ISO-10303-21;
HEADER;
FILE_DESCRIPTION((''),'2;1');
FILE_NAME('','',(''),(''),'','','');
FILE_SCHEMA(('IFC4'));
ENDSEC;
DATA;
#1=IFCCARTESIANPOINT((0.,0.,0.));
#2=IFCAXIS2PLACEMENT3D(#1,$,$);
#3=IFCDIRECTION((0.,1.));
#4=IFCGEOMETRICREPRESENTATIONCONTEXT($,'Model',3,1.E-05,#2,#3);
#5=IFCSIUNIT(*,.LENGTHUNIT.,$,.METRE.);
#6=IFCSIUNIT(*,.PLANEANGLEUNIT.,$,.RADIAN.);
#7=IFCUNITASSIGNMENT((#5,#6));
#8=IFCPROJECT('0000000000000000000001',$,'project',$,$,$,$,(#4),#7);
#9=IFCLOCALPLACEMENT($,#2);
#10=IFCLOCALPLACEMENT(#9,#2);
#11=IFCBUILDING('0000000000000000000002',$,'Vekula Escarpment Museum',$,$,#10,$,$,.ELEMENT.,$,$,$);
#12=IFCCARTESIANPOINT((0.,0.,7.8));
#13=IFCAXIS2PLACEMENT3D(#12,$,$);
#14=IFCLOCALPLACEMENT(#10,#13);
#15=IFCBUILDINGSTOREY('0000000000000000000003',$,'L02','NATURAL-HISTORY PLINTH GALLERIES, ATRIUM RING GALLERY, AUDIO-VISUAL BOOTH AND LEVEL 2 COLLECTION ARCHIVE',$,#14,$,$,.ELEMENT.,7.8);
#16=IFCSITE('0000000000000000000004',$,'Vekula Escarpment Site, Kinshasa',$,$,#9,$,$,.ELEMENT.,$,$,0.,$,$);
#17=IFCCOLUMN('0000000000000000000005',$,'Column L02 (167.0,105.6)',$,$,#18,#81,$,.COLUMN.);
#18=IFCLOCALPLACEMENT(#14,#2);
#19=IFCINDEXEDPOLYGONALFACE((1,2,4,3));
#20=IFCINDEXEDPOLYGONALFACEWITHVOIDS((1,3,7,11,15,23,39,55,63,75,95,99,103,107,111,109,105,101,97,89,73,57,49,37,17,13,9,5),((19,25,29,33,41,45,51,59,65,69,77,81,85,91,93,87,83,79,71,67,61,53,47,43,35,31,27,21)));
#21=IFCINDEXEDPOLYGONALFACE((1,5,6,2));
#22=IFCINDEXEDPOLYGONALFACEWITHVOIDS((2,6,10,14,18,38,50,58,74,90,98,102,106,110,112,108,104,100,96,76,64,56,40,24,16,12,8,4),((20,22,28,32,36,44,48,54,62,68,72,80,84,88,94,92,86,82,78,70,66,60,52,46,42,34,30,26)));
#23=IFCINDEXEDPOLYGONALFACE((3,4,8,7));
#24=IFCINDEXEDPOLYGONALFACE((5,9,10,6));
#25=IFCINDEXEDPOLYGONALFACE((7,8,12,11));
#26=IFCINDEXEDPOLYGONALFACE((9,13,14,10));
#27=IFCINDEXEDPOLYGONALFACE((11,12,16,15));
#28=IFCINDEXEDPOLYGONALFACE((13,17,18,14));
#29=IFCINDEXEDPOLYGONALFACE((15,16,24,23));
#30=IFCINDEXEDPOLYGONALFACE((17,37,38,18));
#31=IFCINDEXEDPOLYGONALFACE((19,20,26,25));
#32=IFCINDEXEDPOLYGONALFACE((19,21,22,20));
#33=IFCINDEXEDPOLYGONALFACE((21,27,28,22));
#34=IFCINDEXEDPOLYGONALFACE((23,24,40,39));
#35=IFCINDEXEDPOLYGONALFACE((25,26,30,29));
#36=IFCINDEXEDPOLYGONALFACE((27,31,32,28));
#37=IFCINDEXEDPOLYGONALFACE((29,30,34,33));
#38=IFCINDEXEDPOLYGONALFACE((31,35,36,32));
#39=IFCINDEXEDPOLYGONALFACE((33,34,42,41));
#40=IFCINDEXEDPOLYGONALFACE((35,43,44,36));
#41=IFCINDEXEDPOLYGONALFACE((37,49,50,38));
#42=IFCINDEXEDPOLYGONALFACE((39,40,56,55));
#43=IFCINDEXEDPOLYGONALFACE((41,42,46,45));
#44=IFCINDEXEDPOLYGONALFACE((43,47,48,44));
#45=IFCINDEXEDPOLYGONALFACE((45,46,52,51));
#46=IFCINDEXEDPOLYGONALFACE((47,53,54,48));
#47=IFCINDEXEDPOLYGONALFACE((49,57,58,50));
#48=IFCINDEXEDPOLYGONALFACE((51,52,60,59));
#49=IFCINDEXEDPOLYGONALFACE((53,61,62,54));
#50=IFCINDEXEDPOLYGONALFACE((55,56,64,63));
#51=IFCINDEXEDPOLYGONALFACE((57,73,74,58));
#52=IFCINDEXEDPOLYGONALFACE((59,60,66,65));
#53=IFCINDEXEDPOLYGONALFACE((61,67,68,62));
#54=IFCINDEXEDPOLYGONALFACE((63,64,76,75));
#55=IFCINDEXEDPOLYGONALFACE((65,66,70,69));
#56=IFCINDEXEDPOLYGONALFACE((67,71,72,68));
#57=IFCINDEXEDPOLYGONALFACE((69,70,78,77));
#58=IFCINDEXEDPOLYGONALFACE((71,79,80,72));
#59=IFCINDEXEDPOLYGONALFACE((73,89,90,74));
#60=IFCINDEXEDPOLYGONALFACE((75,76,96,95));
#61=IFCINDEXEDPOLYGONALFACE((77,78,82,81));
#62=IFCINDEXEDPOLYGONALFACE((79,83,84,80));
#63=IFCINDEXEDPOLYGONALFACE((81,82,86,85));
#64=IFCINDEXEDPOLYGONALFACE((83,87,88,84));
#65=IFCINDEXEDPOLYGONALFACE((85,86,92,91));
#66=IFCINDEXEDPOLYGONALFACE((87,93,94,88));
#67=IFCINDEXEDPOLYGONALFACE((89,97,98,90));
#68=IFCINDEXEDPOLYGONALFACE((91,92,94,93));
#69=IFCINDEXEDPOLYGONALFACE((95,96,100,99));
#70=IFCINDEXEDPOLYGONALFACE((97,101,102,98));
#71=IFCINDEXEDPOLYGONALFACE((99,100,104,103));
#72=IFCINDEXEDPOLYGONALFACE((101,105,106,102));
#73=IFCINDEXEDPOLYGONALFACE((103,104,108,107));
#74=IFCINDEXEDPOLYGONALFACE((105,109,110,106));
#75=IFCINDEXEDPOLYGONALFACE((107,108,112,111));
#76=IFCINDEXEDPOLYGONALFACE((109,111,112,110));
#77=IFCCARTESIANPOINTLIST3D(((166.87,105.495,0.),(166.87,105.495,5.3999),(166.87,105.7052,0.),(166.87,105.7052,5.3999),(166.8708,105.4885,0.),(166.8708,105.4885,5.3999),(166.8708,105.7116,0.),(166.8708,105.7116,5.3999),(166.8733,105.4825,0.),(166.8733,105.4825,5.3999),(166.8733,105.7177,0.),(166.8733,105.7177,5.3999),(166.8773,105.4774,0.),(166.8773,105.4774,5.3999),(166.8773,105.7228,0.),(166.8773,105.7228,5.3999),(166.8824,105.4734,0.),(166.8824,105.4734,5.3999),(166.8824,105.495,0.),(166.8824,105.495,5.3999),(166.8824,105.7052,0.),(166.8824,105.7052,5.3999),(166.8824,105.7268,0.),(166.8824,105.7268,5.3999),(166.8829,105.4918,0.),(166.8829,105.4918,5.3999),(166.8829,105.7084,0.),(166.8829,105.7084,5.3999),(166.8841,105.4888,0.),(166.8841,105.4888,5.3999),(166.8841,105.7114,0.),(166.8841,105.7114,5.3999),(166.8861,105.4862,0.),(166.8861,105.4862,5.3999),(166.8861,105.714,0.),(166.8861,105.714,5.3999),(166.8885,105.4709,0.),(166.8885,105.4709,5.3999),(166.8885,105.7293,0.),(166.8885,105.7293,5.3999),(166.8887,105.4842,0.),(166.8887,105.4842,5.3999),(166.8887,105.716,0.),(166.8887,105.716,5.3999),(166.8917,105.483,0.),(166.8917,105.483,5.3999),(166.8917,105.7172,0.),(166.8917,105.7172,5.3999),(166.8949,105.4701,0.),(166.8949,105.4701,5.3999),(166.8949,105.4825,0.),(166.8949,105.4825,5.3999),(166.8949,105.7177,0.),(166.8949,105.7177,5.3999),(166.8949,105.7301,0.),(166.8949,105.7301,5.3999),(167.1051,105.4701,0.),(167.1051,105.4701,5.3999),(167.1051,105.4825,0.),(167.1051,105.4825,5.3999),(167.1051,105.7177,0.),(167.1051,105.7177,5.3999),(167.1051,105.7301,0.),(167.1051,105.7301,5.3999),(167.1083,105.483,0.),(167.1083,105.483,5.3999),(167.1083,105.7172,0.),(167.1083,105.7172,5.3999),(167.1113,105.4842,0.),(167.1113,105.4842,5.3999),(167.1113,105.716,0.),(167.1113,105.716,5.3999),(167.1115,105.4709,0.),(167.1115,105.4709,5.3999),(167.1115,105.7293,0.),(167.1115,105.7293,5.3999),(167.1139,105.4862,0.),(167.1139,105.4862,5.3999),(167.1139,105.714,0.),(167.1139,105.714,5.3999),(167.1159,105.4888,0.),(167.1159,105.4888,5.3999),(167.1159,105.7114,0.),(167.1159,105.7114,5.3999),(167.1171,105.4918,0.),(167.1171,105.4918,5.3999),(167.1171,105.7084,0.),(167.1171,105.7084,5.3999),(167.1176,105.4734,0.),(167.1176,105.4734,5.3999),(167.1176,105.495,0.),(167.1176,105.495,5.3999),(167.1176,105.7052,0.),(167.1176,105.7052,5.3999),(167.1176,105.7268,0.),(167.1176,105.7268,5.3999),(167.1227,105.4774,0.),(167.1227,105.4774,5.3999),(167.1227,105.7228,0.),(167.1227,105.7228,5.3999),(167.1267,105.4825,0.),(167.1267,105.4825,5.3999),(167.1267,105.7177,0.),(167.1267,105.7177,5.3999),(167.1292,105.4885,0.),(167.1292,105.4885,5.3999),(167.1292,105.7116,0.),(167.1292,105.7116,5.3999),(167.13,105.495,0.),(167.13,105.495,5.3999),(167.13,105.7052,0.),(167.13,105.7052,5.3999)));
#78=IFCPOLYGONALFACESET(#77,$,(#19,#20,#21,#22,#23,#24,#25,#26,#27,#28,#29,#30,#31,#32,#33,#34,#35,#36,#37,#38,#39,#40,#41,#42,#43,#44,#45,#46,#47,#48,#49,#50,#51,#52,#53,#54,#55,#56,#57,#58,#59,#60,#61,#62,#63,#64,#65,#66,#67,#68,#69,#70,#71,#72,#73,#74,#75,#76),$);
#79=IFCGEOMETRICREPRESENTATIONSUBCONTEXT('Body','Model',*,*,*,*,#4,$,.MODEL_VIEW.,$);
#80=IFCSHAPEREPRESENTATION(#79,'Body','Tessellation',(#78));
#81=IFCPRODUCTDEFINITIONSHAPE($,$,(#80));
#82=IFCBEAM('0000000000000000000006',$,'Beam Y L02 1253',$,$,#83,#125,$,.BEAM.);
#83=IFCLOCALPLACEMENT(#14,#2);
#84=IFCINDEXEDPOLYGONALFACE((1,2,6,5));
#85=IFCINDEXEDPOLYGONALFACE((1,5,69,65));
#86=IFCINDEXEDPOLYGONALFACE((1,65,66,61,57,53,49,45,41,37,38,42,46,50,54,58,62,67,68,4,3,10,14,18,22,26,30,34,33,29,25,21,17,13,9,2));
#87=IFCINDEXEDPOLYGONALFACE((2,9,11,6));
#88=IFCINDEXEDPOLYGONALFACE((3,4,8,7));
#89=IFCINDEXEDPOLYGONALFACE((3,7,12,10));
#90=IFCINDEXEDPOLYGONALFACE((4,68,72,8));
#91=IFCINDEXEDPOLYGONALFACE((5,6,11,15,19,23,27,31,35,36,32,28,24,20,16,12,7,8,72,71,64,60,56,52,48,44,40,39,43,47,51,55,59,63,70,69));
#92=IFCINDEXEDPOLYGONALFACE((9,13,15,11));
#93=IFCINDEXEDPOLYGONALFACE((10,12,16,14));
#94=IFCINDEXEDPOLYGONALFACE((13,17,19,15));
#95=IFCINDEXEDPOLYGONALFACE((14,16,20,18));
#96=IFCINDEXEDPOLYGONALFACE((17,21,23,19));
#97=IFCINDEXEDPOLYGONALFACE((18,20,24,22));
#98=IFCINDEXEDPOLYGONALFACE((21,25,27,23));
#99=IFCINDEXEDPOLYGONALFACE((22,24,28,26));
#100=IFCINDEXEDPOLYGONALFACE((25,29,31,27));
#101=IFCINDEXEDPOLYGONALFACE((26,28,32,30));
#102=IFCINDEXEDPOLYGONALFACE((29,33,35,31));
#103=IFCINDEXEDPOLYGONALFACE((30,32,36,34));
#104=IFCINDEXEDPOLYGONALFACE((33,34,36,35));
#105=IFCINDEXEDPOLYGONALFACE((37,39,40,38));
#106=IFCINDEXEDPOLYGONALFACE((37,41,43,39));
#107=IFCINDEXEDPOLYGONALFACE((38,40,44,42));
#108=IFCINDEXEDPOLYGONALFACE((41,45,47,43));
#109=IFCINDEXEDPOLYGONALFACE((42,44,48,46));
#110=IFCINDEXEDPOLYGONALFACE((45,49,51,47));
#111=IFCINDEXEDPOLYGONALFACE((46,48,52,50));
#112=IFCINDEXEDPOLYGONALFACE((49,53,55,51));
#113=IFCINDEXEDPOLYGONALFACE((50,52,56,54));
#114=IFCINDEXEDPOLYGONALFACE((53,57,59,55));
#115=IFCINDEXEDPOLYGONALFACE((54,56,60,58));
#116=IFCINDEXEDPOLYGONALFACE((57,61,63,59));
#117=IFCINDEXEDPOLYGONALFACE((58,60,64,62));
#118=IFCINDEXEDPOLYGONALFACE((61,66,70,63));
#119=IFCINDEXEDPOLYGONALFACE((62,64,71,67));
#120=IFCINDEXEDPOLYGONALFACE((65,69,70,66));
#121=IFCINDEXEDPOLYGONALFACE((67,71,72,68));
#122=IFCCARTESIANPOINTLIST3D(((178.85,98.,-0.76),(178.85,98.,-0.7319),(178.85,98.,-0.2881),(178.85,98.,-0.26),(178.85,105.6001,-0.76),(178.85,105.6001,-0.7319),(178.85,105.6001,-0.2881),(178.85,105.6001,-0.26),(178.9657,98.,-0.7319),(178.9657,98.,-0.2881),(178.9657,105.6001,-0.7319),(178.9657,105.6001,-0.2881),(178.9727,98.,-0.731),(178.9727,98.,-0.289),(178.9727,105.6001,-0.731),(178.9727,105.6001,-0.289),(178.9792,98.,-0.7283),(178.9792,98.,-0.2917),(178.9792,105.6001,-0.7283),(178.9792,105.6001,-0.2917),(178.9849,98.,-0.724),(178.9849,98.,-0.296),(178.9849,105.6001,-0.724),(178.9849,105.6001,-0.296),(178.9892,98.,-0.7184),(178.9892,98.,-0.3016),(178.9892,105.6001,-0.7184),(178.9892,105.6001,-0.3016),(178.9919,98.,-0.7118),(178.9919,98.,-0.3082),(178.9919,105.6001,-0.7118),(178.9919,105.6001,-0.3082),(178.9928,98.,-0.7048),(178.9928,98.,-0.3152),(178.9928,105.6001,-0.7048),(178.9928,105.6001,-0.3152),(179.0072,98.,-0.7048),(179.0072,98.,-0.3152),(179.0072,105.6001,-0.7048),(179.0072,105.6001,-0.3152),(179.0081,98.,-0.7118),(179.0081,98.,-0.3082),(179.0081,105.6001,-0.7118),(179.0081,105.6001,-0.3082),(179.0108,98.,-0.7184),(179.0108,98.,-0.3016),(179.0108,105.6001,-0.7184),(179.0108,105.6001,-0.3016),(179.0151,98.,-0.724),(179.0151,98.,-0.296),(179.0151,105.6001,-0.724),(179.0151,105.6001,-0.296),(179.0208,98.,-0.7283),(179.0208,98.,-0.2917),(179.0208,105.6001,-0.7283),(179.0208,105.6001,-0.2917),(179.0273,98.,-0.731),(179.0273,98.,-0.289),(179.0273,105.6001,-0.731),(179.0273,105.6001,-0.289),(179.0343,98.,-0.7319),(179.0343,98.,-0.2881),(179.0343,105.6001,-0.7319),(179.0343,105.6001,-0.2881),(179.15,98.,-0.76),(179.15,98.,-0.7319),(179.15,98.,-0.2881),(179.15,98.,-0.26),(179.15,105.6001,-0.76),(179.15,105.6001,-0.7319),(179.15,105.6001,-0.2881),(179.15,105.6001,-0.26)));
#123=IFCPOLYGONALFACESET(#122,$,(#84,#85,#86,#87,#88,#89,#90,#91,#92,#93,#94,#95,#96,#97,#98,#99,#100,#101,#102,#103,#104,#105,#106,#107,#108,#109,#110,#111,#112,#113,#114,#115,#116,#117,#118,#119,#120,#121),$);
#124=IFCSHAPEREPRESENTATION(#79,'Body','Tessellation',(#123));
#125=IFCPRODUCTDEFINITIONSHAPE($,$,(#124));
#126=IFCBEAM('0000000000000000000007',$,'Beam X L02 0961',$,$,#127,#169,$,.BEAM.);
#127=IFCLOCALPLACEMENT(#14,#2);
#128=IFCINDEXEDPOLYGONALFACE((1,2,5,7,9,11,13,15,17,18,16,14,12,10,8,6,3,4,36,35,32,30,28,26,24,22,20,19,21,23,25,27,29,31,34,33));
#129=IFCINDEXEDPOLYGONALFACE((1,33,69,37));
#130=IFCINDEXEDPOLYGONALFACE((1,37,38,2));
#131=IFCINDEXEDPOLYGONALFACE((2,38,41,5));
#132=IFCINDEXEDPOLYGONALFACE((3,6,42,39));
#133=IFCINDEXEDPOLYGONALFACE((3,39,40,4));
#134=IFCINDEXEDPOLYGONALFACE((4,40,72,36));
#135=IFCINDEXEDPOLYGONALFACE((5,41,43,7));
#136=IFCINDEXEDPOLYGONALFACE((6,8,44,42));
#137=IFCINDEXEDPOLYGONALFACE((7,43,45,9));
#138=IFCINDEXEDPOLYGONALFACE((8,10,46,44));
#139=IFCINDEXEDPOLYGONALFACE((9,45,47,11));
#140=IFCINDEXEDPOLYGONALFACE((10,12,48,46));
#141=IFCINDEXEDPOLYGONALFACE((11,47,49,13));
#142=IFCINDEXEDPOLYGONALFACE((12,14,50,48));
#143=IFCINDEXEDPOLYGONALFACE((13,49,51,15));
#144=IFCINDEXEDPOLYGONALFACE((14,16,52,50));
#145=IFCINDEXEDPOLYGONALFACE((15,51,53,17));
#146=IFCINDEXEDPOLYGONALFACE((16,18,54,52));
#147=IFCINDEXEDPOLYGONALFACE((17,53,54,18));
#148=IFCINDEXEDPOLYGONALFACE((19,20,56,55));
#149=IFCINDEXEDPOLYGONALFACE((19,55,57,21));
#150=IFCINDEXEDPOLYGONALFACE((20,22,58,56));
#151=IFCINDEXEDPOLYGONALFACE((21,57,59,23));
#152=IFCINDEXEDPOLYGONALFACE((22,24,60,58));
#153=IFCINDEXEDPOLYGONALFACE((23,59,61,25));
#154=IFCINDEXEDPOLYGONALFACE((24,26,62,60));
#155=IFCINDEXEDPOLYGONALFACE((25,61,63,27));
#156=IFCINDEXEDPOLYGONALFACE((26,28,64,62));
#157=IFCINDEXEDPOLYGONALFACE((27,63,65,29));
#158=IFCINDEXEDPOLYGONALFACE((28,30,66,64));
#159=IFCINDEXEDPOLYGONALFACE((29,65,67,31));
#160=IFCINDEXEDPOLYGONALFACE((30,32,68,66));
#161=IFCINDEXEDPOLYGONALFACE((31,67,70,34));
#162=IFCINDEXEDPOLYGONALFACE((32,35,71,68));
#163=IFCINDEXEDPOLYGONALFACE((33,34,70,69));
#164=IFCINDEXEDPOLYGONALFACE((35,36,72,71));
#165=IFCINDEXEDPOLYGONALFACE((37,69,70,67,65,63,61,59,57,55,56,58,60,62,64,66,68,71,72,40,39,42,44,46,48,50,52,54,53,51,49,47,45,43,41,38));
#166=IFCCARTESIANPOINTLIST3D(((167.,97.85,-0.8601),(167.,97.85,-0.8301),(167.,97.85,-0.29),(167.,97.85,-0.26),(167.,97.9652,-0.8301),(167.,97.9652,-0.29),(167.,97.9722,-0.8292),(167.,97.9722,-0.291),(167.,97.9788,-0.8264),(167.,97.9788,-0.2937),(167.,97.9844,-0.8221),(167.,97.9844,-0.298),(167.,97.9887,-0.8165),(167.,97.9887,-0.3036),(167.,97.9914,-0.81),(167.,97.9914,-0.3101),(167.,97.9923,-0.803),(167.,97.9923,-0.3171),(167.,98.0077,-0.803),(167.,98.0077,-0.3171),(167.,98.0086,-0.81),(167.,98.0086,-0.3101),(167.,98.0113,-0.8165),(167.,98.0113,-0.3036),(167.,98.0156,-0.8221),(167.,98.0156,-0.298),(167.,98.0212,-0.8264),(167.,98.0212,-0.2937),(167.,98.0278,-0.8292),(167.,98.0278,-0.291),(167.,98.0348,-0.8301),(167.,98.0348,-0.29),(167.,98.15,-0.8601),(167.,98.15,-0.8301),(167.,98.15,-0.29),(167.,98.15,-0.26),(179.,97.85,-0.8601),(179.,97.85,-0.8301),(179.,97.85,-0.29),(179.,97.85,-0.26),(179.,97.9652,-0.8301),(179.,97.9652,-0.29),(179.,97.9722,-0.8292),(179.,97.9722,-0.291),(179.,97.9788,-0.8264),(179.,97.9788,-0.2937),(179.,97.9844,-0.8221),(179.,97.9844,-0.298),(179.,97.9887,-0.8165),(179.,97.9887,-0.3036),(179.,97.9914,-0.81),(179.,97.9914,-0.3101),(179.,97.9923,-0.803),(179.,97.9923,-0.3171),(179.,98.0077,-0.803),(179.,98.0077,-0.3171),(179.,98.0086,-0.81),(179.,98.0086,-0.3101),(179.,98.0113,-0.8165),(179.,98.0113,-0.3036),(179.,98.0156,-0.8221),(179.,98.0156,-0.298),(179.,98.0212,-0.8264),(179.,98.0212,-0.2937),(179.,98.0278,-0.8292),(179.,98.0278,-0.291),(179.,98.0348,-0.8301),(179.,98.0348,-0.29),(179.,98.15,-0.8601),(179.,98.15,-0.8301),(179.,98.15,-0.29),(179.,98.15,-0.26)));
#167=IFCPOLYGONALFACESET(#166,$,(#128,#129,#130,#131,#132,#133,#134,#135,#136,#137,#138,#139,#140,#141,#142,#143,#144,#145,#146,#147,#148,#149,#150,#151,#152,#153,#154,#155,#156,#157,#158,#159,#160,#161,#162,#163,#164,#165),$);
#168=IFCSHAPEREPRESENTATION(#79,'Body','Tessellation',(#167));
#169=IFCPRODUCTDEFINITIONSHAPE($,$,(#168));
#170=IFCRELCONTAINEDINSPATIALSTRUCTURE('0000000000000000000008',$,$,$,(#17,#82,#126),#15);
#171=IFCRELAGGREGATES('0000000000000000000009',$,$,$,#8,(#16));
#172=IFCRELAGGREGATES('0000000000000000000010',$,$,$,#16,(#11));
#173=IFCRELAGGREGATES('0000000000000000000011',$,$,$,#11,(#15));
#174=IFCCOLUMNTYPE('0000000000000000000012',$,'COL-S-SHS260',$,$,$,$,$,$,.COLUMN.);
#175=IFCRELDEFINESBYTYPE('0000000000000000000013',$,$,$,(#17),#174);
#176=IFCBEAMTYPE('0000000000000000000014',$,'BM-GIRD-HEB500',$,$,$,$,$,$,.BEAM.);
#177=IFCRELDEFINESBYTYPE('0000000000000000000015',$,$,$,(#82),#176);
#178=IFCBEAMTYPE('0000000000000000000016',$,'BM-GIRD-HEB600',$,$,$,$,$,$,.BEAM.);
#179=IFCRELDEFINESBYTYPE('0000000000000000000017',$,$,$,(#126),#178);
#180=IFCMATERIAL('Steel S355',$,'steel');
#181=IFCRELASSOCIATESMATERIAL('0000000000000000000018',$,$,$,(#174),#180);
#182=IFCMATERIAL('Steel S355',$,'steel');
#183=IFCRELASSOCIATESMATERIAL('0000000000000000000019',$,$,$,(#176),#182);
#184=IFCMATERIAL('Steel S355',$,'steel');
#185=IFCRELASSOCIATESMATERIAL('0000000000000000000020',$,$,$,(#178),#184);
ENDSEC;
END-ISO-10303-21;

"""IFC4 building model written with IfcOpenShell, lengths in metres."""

from ifc_helpers import new_model, si_unit, direction, frame, origin, origin_2d, place, context, subcontext, project, spatial, hollow_rectangle, i_section, extrude, material, material_profile, profile_set, type_object, element, save


model = new_model("IFC4")

# Units and contexts
model_context = context("Model", 3, precision=1e-05, world=origin(), true_north=direction((0.0, 1.0)))
body_context = subcontext(model_context, "Body", "Model", "MODEL_VIEW")
ifc_project = project(units=[si_unit("LENGTHUNIT", "METRE"), si_unit("PLANEANGLEUNIT", "RADIAN")], contexts=[model_context])

# Site, building, storey
site_placement = place(None, origin())
site = spatial("IfcSite", under=ifc_project, at=site_placement, Name="Vekula Escarpment Site, Kinshasa", CompositionType="ELEMENT", RefElevation=0.0)
building_placement = place(site_placement, origin())
building = spatial("IfcBuilding", under=site, at=building_placement, Name="Vekula Escarpment Museum", CompositionType="ELEMENT")
storey_placement = place(building_placement, frame((0.0, 0.0, 7.8)))
storey = spatial("IfcBuildingStorey", under=building, at=storey_placement, Name="L02", Description="NATURAL-HISTORY PLINTH GALLERIES, ATRIUM RING GALLERY, AUDIO-VISUAL BOOTH AND LEVEL 2 COLLECTION ARCHIVE", CompositionType="ELEMENT", Elevation=7.8)

# Column
ifc_material_1 = material(Name="Steel S355", Category="steel")
ifc_material_profile_1 = material_profile(ifc_material_1, hollow_rectangle(XDim=0.26, YDim=0.26, WallThickness=0.0125, InnerFilletRadius=0.0125, OuterFilletRadius=0.0249, at=origin_2d()), Name="SHS 260x260x12.5")
ifc_profile_set_1 = profile_set([ifc_material_profile_1], Name="Steel S355")
column_type_1 = type_object("IfcColumnType", Name="COL-S-SHS260", PredefinedType="COLUMN", material=ifc_profile_set_1)
column_1_placement = place(storey_placement, frame((167.0, 105.6001, 0.0), z_axis=(0.0, 0.0, 1.0), x_axis=(1.0, 0.0, 0.0)))
element("IfcColumn", 1, at=column_1_placement, inside=storey, type_object=column_type_1, Name="Column L02 (167.0,105.6)", PredefinedType="COLUMN", context=body_context, shape_type="SweptSolid", body=[
    extrude(hollow_rectangle(XDim=0.26, YDim=0.26, WallThickness=0.0125, InnerFilletRadius=0.0125, OuterFilletRadius=0.0249, at=origin_2d()), origin(), (0.0, 0.0, 1.0), 5.3999),
])

# Beams
ifc_material_2 = material(Name="Steel S355", Category="steel")
ifc_material_profile_2 = material_profile(ifc_material_2, i_section(OverallWidth=0.3, OverallDepth=0.5, WebThickness=0.0144, FlangeThickness=0.0281, FilletRadius=0.0271, at=origin_2d()), Name="HEB 500")
ifc_profile_set_2 = profile_set([ifc_material_profile_2], Name="Steel S355")
beam_type_1 = type_object("IfcBeamType", Name="BM-GIRD-HEB500", PredefinedType="BEAM", material=ifc_profile_set_2)
beam_1_placement = place(storey_placement, frame((179.0, 98.0, -0.51), z_axis=(0.0, 1.0, 0.0), x_axis=(-1.0, 0.0, 0.0)))
element("IfcBeam", 2, at=beam_1_placement, inside=storey, type_object=beam_type_1, Name="Beam Y L02 1253", PredefinedType="BEAM", context=body_context, shape_type="SweptSolid", body=[
    extrude(i_section(OverallWidth=0.3, OverallDepth=0.5, WebThickness=0.0144, FlangeThickness=0.0281, FilletRadius=0.0271, at=origin_2d()), origin(), (0.0, 0.0, 1.0), 7.6001),
])
ifc_material_3 = material(Name="Steel S355", Category="steel")
ifc_material_profile_3 = material_profile(ifc_material_3, i_section(OverallWidth=0.3, OverallDepth=0.6001, WebThickness=0.0154, FlangeThickness=0.03, FilletRadius=0.0271, at=origin_2d()), Name="HEB 600")
ifc_profile_set_3 = profile_set([ifc_material_profile_3], Name="Steel S355")
beam_type_2 = type_object("IfcBeamType", Name="BM-GIRD-HEB600", PredefinedType="BEAM", material=ifc_profile_set_3)
beam_2_placement = place(storey_placement, frame((167.0, 98.0, -0.5601), z_axis=(1.0, 0.0, 0.0), x_axis=(0.0, 1.0, 0.0)))
element("IfcBeam", 3, at=beam_2_placement, inside=storey, type_object=beam_type_2, Name="Beam X L02 0961", PredefinedType="BEAM", context=body_context, shape_type="SweptSolid", body=[
    extrude(i_section(OverallWidth=0.3, OverallDepth=0.6001, WebThickness=0.0154, FlangeThickness=0.03, FilletRadius=0.0271, at=origin_2d()), origin(), (0.0, 0.0, 1.0), 12.0),
])

save(model, "model.ifc")
